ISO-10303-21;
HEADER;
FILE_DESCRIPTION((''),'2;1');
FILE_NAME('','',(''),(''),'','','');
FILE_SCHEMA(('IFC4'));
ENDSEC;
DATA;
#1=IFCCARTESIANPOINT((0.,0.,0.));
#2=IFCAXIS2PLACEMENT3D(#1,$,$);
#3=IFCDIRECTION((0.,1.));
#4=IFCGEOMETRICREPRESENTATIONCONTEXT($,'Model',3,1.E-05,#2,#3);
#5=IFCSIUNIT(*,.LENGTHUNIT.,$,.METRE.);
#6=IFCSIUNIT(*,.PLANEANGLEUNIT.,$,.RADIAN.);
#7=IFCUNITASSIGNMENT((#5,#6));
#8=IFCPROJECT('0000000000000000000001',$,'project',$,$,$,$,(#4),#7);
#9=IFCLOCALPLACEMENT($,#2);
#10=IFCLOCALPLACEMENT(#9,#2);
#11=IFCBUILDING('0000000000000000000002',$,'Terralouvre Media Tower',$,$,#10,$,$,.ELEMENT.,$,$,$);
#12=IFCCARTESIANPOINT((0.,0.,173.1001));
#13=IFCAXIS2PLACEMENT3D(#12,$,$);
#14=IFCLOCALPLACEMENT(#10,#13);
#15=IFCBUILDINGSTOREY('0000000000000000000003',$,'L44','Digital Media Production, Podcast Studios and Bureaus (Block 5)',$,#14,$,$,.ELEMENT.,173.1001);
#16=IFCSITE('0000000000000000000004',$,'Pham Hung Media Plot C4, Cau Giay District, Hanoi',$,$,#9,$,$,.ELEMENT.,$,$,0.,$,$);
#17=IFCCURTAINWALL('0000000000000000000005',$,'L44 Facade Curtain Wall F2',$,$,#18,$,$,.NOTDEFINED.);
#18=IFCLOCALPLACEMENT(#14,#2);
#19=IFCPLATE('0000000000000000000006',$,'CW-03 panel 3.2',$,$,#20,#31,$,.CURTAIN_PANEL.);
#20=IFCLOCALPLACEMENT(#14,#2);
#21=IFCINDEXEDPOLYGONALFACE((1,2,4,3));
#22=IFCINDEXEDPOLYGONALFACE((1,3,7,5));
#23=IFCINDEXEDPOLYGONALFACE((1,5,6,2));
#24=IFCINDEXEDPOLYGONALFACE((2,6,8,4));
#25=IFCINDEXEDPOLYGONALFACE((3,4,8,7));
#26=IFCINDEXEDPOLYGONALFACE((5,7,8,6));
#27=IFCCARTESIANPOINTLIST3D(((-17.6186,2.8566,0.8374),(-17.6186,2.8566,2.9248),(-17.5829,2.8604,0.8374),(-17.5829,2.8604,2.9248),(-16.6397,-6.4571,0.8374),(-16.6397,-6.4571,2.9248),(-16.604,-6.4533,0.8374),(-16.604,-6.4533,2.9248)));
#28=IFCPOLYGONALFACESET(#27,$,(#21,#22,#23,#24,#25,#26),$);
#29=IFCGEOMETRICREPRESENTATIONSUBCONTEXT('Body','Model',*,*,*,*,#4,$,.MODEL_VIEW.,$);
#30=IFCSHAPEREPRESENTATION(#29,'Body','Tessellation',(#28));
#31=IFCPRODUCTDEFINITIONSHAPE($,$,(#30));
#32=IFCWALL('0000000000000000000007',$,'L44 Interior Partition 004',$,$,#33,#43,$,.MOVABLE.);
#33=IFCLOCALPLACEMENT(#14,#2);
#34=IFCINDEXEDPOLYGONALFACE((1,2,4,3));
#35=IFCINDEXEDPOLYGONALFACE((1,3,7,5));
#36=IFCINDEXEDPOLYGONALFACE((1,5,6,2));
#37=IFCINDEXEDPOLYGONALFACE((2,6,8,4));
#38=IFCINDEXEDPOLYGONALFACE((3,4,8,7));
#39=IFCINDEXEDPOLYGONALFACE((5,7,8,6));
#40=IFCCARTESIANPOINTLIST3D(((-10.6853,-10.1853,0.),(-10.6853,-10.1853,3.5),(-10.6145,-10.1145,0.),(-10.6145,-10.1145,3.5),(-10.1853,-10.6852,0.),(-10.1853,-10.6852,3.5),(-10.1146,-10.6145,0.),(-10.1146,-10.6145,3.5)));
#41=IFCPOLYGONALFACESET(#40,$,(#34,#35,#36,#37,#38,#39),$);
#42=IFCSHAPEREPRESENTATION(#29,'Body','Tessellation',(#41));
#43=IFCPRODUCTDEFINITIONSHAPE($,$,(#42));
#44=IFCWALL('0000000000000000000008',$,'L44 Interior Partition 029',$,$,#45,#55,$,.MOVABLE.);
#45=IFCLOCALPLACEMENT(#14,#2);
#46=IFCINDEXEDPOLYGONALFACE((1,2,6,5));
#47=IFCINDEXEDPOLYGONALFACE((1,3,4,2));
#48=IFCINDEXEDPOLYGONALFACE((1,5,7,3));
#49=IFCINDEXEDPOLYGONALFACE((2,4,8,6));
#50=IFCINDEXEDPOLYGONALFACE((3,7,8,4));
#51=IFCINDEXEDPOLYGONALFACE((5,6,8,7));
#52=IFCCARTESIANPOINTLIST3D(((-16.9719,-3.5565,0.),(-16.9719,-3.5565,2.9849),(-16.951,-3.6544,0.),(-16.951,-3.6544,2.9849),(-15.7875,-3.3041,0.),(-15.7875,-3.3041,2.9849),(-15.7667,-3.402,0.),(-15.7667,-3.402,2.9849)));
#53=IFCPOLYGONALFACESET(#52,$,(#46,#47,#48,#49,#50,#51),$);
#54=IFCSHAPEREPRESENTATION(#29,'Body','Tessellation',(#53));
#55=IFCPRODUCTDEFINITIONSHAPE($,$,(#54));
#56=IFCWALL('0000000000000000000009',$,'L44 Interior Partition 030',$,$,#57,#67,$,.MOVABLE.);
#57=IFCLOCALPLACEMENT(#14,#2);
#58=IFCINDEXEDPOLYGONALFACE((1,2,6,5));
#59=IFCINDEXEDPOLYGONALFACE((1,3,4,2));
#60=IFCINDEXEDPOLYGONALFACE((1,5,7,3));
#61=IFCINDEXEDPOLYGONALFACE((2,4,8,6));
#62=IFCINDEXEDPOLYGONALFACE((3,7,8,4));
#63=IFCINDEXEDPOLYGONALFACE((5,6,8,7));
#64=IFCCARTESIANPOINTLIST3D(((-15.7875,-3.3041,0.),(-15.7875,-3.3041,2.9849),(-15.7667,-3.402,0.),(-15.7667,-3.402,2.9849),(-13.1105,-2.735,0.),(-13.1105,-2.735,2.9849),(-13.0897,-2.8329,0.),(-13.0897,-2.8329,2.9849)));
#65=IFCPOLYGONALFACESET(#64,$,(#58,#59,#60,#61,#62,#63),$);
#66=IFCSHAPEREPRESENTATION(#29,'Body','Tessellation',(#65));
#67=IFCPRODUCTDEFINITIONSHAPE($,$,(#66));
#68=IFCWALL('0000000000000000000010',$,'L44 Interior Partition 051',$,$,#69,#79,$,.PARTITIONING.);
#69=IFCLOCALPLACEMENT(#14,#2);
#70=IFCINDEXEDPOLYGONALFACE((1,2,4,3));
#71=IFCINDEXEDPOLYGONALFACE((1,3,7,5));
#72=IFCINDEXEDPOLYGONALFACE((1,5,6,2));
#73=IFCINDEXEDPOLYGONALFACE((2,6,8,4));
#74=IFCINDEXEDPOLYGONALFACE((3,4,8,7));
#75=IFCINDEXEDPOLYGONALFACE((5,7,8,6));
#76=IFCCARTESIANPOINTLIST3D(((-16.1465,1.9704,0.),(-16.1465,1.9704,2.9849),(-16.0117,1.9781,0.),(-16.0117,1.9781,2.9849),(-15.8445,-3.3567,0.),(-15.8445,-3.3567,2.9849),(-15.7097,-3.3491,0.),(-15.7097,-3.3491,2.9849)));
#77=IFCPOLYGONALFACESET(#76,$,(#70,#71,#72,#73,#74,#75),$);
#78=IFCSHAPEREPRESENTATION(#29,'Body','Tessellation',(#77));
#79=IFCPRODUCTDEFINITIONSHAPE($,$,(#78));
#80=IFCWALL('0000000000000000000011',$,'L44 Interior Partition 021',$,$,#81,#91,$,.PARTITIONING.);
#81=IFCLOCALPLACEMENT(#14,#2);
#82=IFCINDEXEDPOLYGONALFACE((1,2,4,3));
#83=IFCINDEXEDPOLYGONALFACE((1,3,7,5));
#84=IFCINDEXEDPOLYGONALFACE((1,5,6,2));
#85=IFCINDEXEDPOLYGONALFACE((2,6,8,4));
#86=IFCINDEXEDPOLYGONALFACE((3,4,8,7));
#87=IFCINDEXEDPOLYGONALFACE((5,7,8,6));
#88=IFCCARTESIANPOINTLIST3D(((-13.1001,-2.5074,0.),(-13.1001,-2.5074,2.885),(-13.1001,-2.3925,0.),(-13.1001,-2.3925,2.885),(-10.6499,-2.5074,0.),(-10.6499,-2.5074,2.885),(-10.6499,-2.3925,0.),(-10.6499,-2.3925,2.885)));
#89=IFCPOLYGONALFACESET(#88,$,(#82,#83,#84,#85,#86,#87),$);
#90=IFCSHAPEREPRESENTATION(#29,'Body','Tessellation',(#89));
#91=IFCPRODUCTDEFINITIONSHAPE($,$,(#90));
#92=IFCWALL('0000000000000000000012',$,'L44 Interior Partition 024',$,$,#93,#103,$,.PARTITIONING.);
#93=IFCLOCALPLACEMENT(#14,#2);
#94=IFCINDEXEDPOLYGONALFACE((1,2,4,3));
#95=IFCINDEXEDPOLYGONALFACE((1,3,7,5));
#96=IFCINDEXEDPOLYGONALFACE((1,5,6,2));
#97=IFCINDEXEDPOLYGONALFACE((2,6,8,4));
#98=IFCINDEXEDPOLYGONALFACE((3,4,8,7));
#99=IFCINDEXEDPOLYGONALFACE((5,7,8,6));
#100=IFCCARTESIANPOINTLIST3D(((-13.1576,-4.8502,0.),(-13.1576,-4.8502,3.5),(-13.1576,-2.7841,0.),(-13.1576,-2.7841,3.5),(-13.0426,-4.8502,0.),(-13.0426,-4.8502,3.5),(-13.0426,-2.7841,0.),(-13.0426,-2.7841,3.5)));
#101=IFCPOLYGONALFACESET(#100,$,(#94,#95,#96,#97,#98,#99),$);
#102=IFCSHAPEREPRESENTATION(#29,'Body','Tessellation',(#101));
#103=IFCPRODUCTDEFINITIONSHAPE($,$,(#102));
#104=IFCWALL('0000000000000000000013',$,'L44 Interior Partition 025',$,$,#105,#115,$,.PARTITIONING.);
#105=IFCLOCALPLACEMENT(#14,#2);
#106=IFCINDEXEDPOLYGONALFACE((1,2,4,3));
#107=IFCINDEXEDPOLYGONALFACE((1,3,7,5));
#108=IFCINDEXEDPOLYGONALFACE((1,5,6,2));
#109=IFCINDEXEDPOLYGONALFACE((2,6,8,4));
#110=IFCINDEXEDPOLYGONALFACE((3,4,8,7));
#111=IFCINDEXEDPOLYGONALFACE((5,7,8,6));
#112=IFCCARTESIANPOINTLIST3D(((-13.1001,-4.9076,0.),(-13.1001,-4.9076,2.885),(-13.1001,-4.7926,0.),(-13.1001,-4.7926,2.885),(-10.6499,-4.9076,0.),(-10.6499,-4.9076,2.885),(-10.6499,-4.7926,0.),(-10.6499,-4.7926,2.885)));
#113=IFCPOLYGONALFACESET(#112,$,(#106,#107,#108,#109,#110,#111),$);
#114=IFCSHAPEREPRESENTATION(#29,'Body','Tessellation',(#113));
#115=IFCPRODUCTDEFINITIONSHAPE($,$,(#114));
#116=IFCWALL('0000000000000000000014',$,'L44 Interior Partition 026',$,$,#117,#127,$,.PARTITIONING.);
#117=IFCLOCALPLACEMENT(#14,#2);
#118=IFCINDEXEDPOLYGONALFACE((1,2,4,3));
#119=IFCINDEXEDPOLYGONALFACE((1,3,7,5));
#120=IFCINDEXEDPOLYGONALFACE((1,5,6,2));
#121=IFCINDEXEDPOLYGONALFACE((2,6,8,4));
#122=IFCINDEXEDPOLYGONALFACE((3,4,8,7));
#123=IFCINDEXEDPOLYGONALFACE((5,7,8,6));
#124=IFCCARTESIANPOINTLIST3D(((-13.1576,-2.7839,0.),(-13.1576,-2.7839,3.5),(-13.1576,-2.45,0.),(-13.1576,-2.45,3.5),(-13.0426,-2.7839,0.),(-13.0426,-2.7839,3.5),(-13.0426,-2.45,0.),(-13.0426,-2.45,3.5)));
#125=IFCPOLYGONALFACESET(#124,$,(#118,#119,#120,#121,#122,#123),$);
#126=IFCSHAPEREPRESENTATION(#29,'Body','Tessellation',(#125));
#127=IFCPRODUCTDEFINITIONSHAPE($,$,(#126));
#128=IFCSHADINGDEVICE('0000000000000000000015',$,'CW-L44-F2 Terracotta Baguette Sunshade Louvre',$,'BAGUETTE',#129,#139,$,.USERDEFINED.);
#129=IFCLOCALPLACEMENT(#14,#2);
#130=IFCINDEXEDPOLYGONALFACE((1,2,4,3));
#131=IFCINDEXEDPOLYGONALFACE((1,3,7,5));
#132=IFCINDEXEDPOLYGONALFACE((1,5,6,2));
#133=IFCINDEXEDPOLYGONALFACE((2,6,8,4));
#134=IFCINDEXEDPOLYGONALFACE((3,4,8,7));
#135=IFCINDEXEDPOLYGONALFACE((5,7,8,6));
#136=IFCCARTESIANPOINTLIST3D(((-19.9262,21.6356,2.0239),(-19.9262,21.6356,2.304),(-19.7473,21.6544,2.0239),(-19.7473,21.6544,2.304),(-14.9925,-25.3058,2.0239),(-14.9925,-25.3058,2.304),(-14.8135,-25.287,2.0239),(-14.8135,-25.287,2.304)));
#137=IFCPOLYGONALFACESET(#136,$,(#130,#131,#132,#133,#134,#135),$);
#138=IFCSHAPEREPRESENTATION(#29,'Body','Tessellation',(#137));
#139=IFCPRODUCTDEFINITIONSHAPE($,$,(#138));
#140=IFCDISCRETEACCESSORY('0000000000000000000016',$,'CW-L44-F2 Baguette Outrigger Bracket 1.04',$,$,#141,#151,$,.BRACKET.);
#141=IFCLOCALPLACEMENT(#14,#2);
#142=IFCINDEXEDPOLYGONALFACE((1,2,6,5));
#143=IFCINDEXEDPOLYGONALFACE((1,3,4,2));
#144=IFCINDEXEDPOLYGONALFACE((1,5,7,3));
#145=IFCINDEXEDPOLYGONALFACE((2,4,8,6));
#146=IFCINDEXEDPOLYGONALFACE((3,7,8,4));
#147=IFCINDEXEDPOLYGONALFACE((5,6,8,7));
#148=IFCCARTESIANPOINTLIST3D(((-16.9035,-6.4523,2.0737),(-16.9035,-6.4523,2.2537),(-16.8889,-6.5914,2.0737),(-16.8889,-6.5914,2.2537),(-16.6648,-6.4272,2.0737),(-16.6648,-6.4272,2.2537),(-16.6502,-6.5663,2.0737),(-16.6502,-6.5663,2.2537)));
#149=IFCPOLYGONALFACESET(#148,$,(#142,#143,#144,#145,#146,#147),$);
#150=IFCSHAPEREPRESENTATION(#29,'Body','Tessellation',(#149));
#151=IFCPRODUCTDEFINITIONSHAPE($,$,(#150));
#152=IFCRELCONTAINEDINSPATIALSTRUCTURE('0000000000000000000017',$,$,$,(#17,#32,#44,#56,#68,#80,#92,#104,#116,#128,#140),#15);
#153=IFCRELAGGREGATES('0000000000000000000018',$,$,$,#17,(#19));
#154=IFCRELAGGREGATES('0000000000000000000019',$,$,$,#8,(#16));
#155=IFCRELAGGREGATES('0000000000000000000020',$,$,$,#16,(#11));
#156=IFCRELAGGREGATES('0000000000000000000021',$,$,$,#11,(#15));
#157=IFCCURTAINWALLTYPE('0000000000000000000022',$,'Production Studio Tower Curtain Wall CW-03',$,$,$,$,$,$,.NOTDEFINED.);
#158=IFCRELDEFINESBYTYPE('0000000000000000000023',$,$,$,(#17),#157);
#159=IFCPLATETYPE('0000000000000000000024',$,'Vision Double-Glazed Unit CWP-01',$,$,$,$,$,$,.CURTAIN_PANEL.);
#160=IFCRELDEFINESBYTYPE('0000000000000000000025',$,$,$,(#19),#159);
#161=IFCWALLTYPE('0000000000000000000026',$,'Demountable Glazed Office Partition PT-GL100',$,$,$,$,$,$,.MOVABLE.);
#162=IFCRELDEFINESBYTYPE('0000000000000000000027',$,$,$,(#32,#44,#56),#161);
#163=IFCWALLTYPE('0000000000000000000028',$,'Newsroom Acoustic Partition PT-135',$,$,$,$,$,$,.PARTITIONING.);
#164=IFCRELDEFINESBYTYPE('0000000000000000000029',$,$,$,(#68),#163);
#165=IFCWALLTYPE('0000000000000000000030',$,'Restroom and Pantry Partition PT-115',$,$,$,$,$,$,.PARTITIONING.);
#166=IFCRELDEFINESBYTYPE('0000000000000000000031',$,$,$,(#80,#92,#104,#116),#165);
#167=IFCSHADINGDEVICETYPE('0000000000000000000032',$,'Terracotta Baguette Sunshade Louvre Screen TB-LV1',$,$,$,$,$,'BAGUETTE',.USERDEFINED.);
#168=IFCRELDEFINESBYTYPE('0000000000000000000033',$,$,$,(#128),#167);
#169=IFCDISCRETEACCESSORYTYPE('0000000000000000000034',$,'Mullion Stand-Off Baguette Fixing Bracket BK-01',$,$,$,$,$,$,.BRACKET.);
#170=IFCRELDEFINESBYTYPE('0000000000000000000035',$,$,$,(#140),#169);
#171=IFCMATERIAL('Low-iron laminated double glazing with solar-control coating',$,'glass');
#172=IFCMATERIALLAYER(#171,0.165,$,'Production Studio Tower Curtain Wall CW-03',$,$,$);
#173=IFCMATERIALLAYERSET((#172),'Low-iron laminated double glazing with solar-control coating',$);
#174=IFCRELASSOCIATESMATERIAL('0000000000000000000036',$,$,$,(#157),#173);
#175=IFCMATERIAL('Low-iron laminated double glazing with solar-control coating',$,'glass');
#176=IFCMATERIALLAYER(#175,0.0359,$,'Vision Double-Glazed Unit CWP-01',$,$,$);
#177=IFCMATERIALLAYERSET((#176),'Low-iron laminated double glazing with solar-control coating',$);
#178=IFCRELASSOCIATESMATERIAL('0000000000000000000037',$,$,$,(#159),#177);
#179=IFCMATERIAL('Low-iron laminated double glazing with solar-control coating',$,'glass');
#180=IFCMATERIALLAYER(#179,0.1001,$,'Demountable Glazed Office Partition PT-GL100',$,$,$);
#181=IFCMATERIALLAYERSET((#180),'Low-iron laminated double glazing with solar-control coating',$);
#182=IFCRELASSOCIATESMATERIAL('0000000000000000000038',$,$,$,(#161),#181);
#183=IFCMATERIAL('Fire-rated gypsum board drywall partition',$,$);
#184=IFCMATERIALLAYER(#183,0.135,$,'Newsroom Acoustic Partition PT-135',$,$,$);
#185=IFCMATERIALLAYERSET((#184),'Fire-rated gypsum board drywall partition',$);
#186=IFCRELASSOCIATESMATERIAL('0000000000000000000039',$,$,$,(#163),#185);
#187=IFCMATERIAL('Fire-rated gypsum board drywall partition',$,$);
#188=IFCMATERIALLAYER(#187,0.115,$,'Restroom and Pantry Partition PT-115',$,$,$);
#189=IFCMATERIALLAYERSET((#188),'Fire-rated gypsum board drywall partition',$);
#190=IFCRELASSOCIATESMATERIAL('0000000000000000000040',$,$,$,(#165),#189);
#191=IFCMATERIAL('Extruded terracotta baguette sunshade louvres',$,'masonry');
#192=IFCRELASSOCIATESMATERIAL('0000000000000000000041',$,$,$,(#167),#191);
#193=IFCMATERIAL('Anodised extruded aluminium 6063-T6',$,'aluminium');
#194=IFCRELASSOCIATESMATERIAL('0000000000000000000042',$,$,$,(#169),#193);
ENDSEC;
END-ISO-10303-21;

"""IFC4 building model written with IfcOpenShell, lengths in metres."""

from ifc_helpers import new_model, si_unit, direction, frame, frame_2d, origin, origin_2d, place, context, subcontext, project, spatial, rectangle, extrude, material, layer, layer_set, type_object, element, aggregate, save


model = new_model("IFC4")

# Units and contexts
model_context = context("Model", 3, precision=1e-05, world=origin(), true_north=direction((0.0, 1.0)))
body_context = subcontext(model_context, "Body", "Model", "MODEL_VIEW")
ifc_project = project(units=[si_unit("LENGTHUNIT", "METRE"), si_unit("PLANEANGLEUNIT", "RADIAN")], contexts=[model_context])

# Site, building, storey
site_placement = place(None, origin())
site = spatial("IfcSite", under=ifc_project, at=site_placement, Name="Pham Hung Media Plot C4, Cau Giay District, Hanoi", CompositionType="ELEMENT", RefElevation=0.0)
building_placement = place(site_placement, origin())
building = spatial("IfcBuilding", under=site, at=building_placement, Name="Terralouvre Media Tower", CompositionType="ELEMENT")
storey_placement = place(building_placement, frame((0.0, 0.0, 173.1001)))
storey = spatial("IfcBuildingStorey", under=building, at=storey_placement, Name="L44", Description="Digital Media Production, Podcast Studios and Bureaus (Block 5)", CompositionType="ELEMENT", Elevation=173.1001)

# Curtain wall
ifc_material_1 = material(Name="Low-iron laminated double glazing with solar-control coating", Category="glass")
ifc_layer_1 = layer(ifc_material_1, 0.165, Name="Production Studio Tower Curtain Wall CW-03")
ifc_layer_set_1 = layer_set([ifc_layer_1], Name="Low-iron laminated double glazing with solar-control coating")
curtain_wall_type = type_object("IfcCurtainWallType", Name="Production Studio Tower Curtain Wall CW-03", PredefinedType="NOTDEFINED", material=ifc_layer_set_1)
curtain_wall_placement = place(storey_placement, origin())
curtain_wall = element("IfcCurtainWall", 1, at=curtain_wall_placement, inside=storey, type_object=curtain_wall_type, Name="L44 Facade Curtain Wall F2", PredefinedType="NOTDEFINED")

# Plate
ifc_material_2 = material(Name="Low-iron laminated double glazing with solar-control coating", Category="glass")
ifc_layer_2 = layer(ifc_material_2, 0.0359, Name="Vision Double-Glazed Unit CWP-01")
ifc_layer_set_2 = layer_set([ifc_layer_2], Name="Low-iron laminated double glazing with solar-control coating")
plate_type = type_object("IfcPlateType", Name="Vision Double-Glazed Unit CWP-01", PredefinedType="CURTAIN_PANEL", material=ifc_layer_set_2)
plate_1_placement = place(storey_placement, frame((-17.1113, -1.7983, 0.8374), z_axis=(0.0, 0.0, 1.0), x_axis=(0.104528, -0.994522, 0.0)))
plate_1 = element("IfcPlate", 2, at=plate_1_placement, type_object=plate_type, Name="CW-03 panel 3.2", PredefinedType="CURTAIN_PANEL", context=body_context, shape_type="SweptSolid", body=[
    extrude(rectangle(XDim=9.365, YDim=0.0359, at=origin_2d()), origin(), (0.0, 0.0, 1.0), 2.0874),
])
aggregate(curtain_wall, [plate_1])

# Walls
ifc_material_3 = material(Name="Low-iron laminated double glazing with solar-control coating", Category="glass")
ifc_layer_3 = layer(ifc_material_3, 0.1001, Name="Demountable Glazed Office Partition PT-GL100")
ifc_layer_set_3 = layer_set([ifc_layer_3], Name="Low-iron laminated double glazing with solar-control coating")
wall_type_1 = type_object("IfcWallType", Name="Demountable Glazed Office Partition PT-GL100", PredefinedType="MOVABLE", material=ifc_layer_set_3)
wall_1_placement = place(storey_placement, frame((-10.6499, -10.1499, 0.0), z_axis=(0.0, 0.0, 1.0), x_axis=(0.707107, -0.707107, 0.0)))
element("IfcWall", 3, at=wall_1_placement, inside=storey, type_object=wall_type_1, Name="L44 Interior Partition 004", PredefinedType="MOVABLE", context=body_context, shape_type="SweptSolid", body=[
    extrude(rectangle(XDim=0.707, YDim=0.1001, at=frame_2d((0.3535, 0.0))), origin(), (0.0, 0.0, 1.0), 3.5),
])
wall_2_placement = place(storey_placement, frame((-15.7771, -3.353, 0.0), z_axis=(0.0, 0.0, 1.0), x_axis=(-0.978029, -0.208469, 0.0)))
element("IfcWall", 4, at=wall_2_placement, inside=storey, type_object=wall_type_1, Name="L44 Interior Partition 029", PredefinedType="MOVABLE", context=body_context, shape_type="SweptSolid", body=[
    extrude(rectangle(XDim=1.2109, YDim=0.1001, at=frame_2d((0.6055, 0.0))), origin(), (0.0, 0.0, 1.0), 2.9849),
])
wall_3_placement = place(storey_placement, frame((-13.1001, -2.7839, 0.0), z_axis=(0.0, 0.0, 1.0), x_axis=(-0.978142, -0.207939, 0.0)))
element("IfcWall", 5, at=wall_3_placement, inside=storey, type_object=wall_type_1, Name="L44 Interior Partition 030", PredefinedType="MOVABLE", context=body_context, shape_type="SweptSolid", body=[
    extrude(rectangle(XDim=2.7368, YDim=0.1001, at=frame_2d((1.3684, 0.0))), origin(), (0.0, 0.0, 1.0), 2.9849),
])
ifc_material_4 = material(Name="Fire-rated gypsum board drywall partition")
ifc_layer_4 = layer(ifc_material_4, 0.135, Name="Newsroom Acoustic Partition PT-135")
ifc_layer_set_4 = layer_set([ifc_layer_4], Name="Fire-rated gypsum board drywall partition")
wall_type_2 = type_object("IfcWallType", Name="Newsroom Acoustic Partition PT-135", PredefinedType="PARTITIONING", material=ifc_layer_set_4)
wall_4_placement = place(storey_placement, frame((-15.7771, -3.353, 0.0), z_axis=(0.0, 0.0, 1.0), x_axis=(-0.0566, 0.998397, 0.0)))
element("IfcWall", 6, at=wall_4_placement, inside=storey, type_object=wall_type_2, Name="L44 Interior Partition 051", PredefinedType="PARTITIONING", context=body_context, shape_type="SweptSolid", body=[
    extrude(rectangle(XDim=5.3357, YDim=0.135, at=frame_2d((2.668, 0.0))), origin(), (0.0, 0.0, 1.0), 2.9849),
])
ifc_material_5 = material(Name="Fire-rated gypsum board drywall partition")
ifc_layer_5 = layer(ifc_material_5, 0.115, Name="Restroom and Pantry Partition PT-115")
ifc_layer_set_5 = layer_set([ifc_layer_5], Name="Fire-rated gypsum board drywall partition")
wall_type_3 = type_object("IfcWallType", Name="Restroom and Pantry Partition PT-115", PredefinedType="PARTITIONING", material=ifc_layer_set_5)
wall_5_placement = place(storey_placement, frame((-13.1001, -2.45, 0.0), z_axis=(0.0, 0.0, 1.0), x_axis=(1.0, 0.0, 0.0)))
element("IfcWall", 7, at=wall_5_placement, inside=storey, type_object=wall_type_3, Name="L44 Interior Partition 021", PredefinedType="PARTITIONING", context=body_context, shape_type="SweptSolid", body=[
    extrude(rectangle(XDim=2.4502, YDim=0.115, at=frame_2d((1.2251, 0.0))), origin(), (0.0, 0.0, 1.0), 2.885),
])
wall_6_placement = place(storey_placement, frame((-13.1001, -2.7839, 0.0), z_axis=(0.0, 0.0, 1.0), x_axis=(0.0, -1.0, 0.0)))
element("IfcWall", 8, at=wall_6_placement, inside=storey, type_object=wall_type_3, Name="L44 Interior Partition 024", PredefinedType="PARTITIONING", context=body_context, shape_type="SweptSolid", body=[
    extrude(rectangle(XDim=2.0662, YDim=0.115, at=frame_2d((1.0332, 0.0))), origin(), (0.0, 0.0, 1.0), 3.5),
])
wall_7_placement = place(storey_placement, frame((-13.1001, -4.8501, 0.0), z_axis=(0.0, 0.0, 1.0), x_axis=(1.0, 0.0, 0.0)))
element("IfcWall", 9, at=wall_7_placement, inside=storey, type_object=wall_type_3, Name="L44 Interior Partition 025", PredefinedType="PARTITIONING", context=body_context, shape_type="SweptSolid", body=[
    extrude(rectangle(XDim=2.4502, YDim=0.115, at=frame_2d((1.2251, 0.0))), origin(), (0.0, 0.0, 1.0), 2.885),
])
wall_8_placement = place(storey_placement, frame((-13.1001, -2.45, 0.0), z_axis=(0.0, 0.0, 1.0), x_axis=(0.0, -1.0, 0.0)))
element("IfcWall", 10, at=wall_8_placement, inside=storey, type_object=wall_type_3, Name="L44 Interior Partition 026", PredefinedType="PARTITIONING", context=body_context, shape_type="SweptSolid", body=[
    extrude(rectangle(XDim=0.334, YDim=0.115, at=frame_2d((0.167, 0.0))), origin(), (0.0, 0.0, 1.0), 3.5),
])

# Shading device
ifc_material_6 = material(Name="Extruded terracotta baguette sunshade louvres", Category="masonry")
shading_device_type = type_object("IfcShadingDeviceType", Name="Terracotta Baguette Sunshade Louvre Screen TB-LV1", ElementType="BAGUETTE", PredefinedType="USERDEFINED", material=ifc_material_6)
shading_device_placement = place(storey_placement, frame((-17.3699, -1.8257, 2.0239), z_axis=(0.0, 0.0, 1.0), x_axis=(0.104528, -0.994522, 0.0)))
element("IfcShadingDevice", 11, at=shading_device_placement, inside=storey, type_object=shading_device_type, Name="CW-L44-F2 Terracotta Baguette Sunshade Louvre", ObjectType="BAGUETTE", PredefinedType="USERDEFINED", context=body_context, shape_type="SweptSolid", body=[
    extrude(rectangle(XDim=47.2, YDim=0.1799, at=origin_2d()), origin(), (0.0, 0.0, 1.0), 0.28),
])

# Discrete accessory
ifc_material_7 = material(Name="Anodised extruded aluminium 6063-T6", Category="aluminium")
discrete_accessory_type = type_object("IfcDiscreteAccessoryType", Name="Mullion Stand-Off Baguette Fixing Bracket BK-01", PredefinedType="BRACKET", material=ifc_material_7)
discrete_accessory_placement = place(storey_placement, frame((-16.7769, -6.5093, 2.0737), z_axis=(0.0, 0.0, 1.0), x_axis=(0.104528, -0.994522, 0.0)))
element("IfcDiscreteAccessory", 12, at=discrete_accessory_placement, inside=storey, type_object=discrete_accessory_type, Name="CW-L44-F2 Baguette Outrigger Bracket 1.04", PredefinedType="BRACKET", context=body_context, shape_type="SweptSolid", body=[
    extrude(rectangle(XDim=0.1399, YDim=0.24, at=origin_2d()), origin(), (0.0, 0.0, 1.0), 0.1799),
])

save(model, "model.ifc")
